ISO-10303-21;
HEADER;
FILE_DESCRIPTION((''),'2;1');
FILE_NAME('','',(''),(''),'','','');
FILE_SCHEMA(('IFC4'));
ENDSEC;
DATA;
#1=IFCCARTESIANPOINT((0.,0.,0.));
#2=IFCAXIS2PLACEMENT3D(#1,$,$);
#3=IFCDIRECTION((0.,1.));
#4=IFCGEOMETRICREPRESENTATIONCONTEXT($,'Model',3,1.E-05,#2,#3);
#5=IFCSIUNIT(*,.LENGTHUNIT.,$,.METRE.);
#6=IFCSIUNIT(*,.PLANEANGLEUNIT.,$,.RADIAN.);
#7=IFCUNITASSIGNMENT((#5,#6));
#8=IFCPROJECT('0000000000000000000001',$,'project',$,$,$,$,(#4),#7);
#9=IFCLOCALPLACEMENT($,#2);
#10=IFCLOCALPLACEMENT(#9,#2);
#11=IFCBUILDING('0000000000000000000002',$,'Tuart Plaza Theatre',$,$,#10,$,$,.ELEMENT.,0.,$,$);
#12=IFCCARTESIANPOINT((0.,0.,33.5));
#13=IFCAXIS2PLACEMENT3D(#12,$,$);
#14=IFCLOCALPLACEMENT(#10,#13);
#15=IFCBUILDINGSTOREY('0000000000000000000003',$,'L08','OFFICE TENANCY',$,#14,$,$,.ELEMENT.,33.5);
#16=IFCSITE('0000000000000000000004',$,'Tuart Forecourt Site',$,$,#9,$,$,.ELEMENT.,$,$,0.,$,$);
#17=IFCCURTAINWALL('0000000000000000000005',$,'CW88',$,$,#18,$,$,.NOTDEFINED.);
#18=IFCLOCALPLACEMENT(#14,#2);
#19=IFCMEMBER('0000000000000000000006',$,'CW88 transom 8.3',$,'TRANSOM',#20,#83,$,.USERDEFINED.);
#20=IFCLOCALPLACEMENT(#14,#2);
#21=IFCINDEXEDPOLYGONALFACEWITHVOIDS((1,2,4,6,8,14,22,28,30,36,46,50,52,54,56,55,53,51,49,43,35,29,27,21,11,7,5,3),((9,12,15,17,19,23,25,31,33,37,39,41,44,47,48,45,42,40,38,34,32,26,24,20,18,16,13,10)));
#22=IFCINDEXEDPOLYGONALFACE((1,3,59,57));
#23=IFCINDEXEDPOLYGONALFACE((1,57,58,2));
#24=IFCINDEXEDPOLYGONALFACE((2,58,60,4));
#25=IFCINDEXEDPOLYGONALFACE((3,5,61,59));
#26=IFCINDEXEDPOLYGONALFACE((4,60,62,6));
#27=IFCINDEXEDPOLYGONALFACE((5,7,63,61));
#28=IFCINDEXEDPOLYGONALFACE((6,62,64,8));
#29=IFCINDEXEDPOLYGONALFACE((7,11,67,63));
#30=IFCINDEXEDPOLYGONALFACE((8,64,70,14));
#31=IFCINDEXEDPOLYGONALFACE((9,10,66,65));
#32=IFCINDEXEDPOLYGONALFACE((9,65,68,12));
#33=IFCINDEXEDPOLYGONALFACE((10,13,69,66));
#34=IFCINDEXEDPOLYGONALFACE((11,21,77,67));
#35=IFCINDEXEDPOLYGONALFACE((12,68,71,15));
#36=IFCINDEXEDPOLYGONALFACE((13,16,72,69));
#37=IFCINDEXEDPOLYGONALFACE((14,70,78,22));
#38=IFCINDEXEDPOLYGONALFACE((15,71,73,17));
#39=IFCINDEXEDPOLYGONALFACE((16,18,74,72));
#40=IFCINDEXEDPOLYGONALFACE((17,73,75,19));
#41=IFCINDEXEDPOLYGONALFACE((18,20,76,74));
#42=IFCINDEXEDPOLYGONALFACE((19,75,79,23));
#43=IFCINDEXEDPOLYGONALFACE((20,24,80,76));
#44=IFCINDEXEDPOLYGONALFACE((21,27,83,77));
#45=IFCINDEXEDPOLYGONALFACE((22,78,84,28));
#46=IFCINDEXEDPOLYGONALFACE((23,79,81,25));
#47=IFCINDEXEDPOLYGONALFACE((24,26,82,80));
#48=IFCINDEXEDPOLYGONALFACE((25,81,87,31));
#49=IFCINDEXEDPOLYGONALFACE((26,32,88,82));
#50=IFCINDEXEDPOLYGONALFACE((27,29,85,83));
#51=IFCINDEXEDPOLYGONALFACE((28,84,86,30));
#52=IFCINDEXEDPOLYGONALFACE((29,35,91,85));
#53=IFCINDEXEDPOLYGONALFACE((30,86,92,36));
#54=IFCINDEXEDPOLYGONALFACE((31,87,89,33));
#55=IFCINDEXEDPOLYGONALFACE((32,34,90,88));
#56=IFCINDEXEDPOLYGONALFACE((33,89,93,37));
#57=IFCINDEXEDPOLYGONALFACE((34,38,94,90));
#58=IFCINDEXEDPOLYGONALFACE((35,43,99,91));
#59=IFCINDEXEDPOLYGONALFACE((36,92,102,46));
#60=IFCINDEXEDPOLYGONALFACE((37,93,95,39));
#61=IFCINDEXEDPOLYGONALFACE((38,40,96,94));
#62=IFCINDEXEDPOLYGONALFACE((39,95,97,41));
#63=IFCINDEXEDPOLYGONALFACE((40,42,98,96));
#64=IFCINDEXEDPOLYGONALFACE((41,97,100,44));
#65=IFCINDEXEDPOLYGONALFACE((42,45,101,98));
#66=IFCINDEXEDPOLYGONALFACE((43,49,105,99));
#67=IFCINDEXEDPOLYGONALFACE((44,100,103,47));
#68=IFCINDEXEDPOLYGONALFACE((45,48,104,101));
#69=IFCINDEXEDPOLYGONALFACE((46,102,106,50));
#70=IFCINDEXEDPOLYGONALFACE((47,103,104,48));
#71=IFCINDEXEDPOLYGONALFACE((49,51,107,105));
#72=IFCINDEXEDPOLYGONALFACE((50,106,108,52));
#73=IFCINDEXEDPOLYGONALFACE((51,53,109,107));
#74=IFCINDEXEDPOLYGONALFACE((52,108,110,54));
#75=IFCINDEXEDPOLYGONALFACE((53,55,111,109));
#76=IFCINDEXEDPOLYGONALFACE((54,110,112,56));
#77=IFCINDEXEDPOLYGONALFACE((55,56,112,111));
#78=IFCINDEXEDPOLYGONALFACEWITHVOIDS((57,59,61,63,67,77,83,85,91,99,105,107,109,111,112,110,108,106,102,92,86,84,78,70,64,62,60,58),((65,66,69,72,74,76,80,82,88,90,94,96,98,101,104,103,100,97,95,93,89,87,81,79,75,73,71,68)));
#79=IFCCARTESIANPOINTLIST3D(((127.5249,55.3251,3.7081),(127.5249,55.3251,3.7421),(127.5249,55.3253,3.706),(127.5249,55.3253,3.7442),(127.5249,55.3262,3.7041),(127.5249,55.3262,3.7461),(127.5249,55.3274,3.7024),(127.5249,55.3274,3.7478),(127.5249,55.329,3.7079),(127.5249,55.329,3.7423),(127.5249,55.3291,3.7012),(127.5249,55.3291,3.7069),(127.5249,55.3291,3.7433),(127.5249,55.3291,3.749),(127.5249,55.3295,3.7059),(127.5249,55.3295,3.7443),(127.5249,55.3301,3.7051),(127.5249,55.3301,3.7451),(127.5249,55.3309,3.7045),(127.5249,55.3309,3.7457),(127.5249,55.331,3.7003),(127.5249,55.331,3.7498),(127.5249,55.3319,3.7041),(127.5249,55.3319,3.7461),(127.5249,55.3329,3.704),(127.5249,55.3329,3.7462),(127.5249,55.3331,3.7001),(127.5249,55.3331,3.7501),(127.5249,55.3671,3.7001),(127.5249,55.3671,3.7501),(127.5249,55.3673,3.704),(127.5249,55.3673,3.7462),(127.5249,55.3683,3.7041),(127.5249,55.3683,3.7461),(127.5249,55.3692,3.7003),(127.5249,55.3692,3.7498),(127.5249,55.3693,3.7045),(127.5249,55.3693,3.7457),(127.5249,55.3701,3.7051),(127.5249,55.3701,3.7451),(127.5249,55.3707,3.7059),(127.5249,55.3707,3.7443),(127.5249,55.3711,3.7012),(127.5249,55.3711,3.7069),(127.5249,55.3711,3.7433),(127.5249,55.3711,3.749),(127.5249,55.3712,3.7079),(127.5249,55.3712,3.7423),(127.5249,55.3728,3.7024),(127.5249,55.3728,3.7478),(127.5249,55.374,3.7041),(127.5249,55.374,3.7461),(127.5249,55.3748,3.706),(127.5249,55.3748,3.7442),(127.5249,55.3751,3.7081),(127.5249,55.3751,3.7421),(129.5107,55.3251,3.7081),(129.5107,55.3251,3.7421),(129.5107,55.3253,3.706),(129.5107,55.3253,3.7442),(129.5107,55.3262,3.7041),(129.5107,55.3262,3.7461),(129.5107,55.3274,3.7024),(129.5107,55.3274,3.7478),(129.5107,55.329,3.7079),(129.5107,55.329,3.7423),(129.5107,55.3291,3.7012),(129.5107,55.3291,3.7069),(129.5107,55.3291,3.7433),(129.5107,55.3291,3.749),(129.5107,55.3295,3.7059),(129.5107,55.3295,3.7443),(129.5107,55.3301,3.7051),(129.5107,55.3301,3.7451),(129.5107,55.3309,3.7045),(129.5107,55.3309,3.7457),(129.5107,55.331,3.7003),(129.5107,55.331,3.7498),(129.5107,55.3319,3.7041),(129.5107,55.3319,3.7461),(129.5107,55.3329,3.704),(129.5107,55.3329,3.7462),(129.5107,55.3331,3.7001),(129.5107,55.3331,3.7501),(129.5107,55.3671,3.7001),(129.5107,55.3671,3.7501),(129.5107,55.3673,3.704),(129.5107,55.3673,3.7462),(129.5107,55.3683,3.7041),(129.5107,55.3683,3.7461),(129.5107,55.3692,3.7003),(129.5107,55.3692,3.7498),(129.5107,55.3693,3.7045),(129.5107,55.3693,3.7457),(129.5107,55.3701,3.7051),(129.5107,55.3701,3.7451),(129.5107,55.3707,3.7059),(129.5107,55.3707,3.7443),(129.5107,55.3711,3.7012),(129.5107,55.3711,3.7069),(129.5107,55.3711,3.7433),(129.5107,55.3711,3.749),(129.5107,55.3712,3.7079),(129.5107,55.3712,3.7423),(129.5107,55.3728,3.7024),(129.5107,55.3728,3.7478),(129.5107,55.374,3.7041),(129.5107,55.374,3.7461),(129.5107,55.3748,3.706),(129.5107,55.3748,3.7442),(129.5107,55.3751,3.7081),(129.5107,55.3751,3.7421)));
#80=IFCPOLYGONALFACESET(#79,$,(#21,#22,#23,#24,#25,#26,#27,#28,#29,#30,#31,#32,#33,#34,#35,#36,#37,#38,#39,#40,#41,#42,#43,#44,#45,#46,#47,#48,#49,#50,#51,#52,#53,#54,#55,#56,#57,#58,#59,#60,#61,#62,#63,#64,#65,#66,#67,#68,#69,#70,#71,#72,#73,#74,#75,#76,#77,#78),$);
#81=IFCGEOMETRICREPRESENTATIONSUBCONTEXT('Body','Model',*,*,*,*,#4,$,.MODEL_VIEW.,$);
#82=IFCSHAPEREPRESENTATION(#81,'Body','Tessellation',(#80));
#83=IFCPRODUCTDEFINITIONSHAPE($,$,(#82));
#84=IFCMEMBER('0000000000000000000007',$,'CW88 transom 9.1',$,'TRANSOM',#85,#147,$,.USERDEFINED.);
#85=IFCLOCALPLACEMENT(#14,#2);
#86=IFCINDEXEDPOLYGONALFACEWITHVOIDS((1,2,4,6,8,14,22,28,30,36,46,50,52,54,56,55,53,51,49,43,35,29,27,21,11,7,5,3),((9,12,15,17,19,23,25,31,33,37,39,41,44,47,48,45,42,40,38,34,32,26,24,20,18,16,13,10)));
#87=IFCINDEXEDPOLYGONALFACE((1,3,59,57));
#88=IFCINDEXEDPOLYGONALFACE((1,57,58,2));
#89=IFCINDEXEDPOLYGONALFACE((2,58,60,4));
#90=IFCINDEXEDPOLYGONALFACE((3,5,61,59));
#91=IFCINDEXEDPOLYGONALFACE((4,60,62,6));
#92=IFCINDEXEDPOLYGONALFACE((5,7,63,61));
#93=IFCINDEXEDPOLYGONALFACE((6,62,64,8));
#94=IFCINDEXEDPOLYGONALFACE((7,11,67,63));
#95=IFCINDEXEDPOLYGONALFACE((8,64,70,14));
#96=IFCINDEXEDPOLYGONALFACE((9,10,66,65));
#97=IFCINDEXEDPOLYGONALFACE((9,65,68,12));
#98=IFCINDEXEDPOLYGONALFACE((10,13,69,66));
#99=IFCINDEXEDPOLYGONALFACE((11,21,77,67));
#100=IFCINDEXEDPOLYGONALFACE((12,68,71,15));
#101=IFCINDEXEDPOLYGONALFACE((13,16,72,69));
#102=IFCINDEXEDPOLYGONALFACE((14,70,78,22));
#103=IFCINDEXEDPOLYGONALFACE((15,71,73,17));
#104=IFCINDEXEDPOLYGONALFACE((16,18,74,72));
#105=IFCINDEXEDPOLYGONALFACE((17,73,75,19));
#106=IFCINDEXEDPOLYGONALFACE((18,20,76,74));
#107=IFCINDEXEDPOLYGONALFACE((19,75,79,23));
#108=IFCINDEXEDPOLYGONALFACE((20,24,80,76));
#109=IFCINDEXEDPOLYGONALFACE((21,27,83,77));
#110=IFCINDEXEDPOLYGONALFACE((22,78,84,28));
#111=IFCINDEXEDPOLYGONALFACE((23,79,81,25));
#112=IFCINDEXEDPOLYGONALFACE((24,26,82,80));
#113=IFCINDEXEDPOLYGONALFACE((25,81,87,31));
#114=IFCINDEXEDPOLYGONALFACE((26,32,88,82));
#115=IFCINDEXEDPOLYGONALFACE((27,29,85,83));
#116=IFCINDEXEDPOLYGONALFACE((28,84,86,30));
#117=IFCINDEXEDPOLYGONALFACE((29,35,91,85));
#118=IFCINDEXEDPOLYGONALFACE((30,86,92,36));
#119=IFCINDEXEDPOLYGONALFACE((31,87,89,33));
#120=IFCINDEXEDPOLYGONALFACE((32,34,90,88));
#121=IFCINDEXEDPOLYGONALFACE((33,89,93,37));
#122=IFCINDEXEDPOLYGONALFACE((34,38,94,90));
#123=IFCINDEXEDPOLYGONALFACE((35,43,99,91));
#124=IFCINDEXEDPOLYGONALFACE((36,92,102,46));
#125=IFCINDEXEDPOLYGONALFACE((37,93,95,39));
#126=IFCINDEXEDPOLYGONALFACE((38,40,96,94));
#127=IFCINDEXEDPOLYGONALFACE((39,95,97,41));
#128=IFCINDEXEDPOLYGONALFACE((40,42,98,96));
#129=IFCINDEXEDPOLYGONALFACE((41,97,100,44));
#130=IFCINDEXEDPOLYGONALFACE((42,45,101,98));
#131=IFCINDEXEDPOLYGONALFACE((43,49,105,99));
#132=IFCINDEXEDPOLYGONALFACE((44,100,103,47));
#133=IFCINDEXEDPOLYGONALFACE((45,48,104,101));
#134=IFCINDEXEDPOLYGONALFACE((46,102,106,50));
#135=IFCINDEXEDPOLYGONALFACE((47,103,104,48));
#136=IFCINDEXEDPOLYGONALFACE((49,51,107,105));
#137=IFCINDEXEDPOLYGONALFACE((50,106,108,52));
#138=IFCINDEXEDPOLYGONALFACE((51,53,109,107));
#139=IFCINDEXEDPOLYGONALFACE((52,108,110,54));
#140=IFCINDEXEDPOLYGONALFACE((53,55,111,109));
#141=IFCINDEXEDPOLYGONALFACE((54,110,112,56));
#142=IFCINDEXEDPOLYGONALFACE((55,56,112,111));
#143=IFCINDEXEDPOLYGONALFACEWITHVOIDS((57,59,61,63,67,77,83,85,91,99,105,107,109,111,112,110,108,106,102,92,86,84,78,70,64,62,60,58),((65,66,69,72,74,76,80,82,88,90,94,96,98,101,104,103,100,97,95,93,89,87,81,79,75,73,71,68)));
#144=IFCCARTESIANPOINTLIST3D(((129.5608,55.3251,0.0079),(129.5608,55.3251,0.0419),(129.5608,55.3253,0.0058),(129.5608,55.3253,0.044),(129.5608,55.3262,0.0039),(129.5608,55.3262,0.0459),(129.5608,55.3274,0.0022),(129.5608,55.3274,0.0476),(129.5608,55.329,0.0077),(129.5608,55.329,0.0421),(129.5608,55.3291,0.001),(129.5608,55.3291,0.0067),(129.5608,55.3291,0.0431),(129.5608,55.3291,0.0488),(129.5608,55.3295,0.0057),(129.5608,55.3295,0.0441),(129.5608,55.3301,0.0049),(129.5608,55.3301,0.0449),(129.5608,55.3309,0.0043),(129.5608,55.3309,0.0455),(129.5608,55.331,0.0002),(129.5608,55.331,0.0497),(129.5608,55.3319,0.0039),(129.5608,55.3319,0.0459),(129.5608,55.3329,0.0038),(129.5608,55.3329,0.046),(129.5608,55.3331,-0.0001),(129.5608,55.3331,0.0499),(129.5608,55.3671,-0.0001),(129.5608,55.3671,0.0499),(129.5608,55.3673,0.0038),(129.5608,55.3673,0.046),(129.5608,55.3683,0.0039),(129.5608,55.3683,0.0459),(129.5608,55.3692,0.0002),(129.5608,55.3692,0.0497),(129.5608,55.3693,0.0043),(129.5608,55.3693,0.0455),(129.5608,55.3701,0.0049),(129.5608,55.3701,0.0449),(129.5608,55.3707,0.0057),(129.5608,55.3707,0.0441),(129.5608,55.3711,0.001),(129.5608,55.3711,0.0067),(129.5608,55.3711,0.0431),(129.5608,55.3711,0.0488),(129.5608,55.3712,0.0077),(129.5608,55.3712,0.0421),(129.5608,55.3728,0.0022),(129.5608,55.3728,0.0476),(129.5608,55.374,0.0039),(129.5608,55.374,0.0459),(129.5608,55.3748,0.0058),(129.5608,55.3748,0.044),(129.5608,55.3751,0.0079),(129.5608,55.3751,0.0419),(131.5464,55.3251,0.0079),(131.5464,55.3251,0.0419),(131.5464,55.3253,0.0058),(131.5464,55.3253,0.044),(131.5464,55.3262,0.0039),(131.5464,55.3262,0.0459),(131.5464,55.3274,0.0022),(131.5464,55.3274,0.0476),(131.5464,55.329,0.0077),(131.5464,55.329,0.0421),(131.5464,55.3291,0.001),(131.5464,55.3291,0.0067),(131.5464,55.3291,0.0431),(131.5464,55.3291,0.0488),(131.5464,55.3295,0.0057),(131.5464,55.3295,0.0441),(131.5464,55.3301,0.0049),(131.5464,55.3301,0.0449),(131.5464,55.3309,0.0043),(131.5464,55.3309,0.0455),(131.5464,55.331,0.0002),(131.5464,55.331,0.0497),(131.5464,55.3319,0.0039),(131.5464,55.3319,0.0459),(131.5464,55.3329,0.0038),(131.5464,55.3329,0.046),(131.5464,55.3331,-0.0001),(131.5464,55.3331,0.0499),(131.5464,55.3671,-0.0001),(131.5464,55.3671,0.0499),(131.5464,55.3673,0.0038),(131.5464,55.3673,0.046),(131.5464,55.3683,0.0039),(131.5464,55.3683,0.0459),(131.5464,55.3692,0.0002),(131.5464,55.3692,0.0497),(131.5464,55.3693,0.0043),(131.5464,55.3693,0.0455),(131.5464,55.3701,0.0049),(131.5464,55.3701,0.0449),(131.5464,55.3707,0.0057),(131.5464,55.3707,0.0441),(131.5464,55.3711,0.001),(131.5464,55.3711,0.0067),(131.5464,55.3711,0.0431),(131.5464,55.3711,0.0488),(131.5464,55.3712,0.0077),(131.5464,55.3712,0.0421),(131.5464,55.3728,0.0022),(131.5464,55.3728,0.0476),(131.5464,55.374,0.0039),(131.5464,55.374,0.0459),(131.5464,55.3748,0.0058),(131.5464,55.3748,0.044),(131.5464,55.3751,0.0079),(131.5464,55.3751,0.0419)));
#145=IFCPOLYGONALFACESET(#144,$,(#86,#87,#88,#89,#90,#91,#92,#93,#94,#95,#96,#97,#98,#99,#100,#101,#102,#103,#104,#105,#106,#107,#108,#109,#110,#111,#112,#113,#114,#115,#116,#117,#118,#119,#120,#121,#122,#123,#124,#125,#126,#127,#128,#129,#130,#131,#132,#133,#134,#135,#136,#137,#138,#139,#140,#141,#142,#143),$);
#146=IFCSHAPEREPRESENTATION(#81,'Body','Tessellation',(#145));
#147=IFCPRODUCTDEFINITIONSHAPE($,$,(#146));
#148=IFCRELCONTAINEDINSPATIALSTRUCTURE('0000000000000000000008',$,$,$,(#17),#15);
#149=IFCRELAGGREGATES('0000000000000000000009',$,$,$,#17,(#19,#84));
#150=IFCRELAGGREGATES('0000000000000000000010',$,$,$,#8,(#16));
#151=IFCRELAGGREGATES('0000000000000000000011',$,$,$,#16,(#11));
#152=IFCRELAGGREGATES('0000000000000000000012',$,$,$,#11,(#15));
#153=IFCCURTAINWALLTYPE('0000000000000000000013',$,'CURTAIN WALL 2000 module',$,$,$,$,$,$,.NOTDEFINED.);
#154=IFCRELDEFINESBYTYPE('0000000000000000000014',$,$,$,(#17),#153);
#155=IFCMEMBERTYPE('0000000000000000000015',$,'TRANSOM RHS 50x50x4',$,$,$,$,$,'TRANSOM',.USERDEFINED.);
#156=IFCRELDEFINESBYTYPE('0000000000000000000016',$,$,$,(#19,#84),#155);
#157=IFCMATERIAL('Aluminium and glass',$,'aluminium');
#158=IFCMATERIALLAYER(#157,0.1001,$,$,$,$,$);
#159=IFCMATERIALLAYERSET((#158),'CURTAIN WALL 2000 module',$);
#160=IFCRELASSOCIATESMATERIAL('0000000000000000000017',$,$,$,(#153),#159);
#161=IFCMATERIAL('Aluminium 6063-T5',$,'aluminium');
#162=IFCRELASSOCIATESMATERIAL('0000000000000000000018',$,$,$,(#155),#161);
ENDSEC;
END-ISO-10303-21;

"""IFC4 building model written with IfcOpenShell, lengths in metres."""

from ifc_helpers import new_model, si_unit, direction, frame, origin, origin_2d, place, context, subcontext, project, spatial, hollow_rectangle, extrude, material, layer, layer_set, material_profile, profile_set, type_object, element, aggregate, save


model = new_model("IFC4")

# Units and contexts
model_context = context("Model", 3, precision=1e-05, world=origin(), true_north=direction((0.0, 1.0)))
body_context = subcontext(model_context, "Body", "Model", "MODEL_VIEW")
ifc_project = project(units=[si_unit("LENGTHUNIT", "METRE"), si_unit("PLANEANGLEUNIT", "RADIAN")], contexts=[model_context])

# Site, building, storey
site_placement = place(None, origin())
site = spatial("IfcSite", under=ifc_project, at=site_placement, Name="Tuart Forecourt Site", CompositionType="ELEMENT", RefElevation=0.0)
building_placement = place(site_placement, origin())
building = spatial("IfcBuilding", under=site, at=building_placement, Name="Tuart Plaza Theatre", CompositionType="ELEMENT", ElevationOfRefHeight=0.0)
storey_placement = place(building_placement, frame((0.0, 0.0, 33.5)))
storey = spatial("IfcBuildingStorey", under=building, at=storey_placement, Name="L08", Description="OFFICE TENANCY", CompositionType="ELEMENT", Elevation=33.5)

# Curtain wall, members
ifc_material_1 = material(Name="Aluminium and glass", Category="aluminium")
ifc_layer_1 = layer(ifc_material_1, 0.1001)
ifc_layer_set_1 = layer_set([ifc_layer_1], Name="CURTAIN WALL 2000 module")
curtain_wall_type = type_object("IfcCurtainWallType", Name="CURTAIN WALL 2000 module", PredefinedType="NOTDEFINED", material=ifc_layer_set_1)
curtain_wall_placement = place(storey_placement, origin())
curtain_wall = element("IfcCurtainWall", 1, at=curtain_wall_placement, inside=storey, type_object=curtain_wall_type, Name="CW88", PredefinedType="NOTDEFINED")
ifc_material_2 = material(Name="Aluminium 6063-T5", Category="aluminium")
ifc_material_profile_1 = material_profile(ifc_material_2, hollow_rectangle(XDim=0.05, YDim=0.05, WallThickness=0.0039, InnerFilletRadius=0.0039, OuterFilletRadius=0.0081, at=origin_2d()), Name="RHS 50x50x4")
ifc_profile_set_1 = profile_set([ifc_material_profile_1], Name="Aluminium 6063-T5")
member_type_1 = type_object("IfcMemberType", Name="TRANSOM RHS 50x50x4", ElementType="TRANSOM", PredefinedType="USERDEFINED", material=ifc_profile_set_1)
member_1_placement = place(storey_placement, frame((127.5249, 55.3501, 3.7251), z_axis=(1.0, 0.0, 0.0), x_axis=(0.0, 1.0, 0.0)))
member_1 = element("IfcMember", 2, at=member_1_placement, type_object=member_type_1, Name="CW88 transom 8.3", ObjectType="TRANSOM", PredefinedType="USERDEFINED", context=body_context, shape_type="SweptSolid", body=[
    extrude(hollow_rectangle(XDim=0.05, YDim=0.05, WallThickness=0.0039, InnerFilletRadius=0.0039, OuterFilletRadius=0.0081, at=origin_2d()), origin(), (0.0, 0.0, 1.0), 1.9858),
])
member_2_placement = place(storey_placement, frame((129.5608, 55.3501, 0.0249), z_axis=(1.0, 0.0, 0.0), x_axis=(0.0, 1.0, 0.0)))
member_2 = element("IfcMember", 3, at=member_2_placement, type_object=member_type_1, Name="CW88 transom 9.1", ObjectType="TRANSOM", PredefinedType="USERDEFINED", context=body_context, shape_type="SweptSolid", body=[
    extrude(hollow_rectangle(XDim=0.05, YDim=0.05, WallThickness=0.0039, InnerFilletRadius=0.0039, OuterFilletRadius=0.0081, at=origin_2d()), origin(), (0.0, 0.0, 1.0), 1.9856),
])
aggregate(curtain_wall, [member_1, member_2])

save(model, "model.ifc")
